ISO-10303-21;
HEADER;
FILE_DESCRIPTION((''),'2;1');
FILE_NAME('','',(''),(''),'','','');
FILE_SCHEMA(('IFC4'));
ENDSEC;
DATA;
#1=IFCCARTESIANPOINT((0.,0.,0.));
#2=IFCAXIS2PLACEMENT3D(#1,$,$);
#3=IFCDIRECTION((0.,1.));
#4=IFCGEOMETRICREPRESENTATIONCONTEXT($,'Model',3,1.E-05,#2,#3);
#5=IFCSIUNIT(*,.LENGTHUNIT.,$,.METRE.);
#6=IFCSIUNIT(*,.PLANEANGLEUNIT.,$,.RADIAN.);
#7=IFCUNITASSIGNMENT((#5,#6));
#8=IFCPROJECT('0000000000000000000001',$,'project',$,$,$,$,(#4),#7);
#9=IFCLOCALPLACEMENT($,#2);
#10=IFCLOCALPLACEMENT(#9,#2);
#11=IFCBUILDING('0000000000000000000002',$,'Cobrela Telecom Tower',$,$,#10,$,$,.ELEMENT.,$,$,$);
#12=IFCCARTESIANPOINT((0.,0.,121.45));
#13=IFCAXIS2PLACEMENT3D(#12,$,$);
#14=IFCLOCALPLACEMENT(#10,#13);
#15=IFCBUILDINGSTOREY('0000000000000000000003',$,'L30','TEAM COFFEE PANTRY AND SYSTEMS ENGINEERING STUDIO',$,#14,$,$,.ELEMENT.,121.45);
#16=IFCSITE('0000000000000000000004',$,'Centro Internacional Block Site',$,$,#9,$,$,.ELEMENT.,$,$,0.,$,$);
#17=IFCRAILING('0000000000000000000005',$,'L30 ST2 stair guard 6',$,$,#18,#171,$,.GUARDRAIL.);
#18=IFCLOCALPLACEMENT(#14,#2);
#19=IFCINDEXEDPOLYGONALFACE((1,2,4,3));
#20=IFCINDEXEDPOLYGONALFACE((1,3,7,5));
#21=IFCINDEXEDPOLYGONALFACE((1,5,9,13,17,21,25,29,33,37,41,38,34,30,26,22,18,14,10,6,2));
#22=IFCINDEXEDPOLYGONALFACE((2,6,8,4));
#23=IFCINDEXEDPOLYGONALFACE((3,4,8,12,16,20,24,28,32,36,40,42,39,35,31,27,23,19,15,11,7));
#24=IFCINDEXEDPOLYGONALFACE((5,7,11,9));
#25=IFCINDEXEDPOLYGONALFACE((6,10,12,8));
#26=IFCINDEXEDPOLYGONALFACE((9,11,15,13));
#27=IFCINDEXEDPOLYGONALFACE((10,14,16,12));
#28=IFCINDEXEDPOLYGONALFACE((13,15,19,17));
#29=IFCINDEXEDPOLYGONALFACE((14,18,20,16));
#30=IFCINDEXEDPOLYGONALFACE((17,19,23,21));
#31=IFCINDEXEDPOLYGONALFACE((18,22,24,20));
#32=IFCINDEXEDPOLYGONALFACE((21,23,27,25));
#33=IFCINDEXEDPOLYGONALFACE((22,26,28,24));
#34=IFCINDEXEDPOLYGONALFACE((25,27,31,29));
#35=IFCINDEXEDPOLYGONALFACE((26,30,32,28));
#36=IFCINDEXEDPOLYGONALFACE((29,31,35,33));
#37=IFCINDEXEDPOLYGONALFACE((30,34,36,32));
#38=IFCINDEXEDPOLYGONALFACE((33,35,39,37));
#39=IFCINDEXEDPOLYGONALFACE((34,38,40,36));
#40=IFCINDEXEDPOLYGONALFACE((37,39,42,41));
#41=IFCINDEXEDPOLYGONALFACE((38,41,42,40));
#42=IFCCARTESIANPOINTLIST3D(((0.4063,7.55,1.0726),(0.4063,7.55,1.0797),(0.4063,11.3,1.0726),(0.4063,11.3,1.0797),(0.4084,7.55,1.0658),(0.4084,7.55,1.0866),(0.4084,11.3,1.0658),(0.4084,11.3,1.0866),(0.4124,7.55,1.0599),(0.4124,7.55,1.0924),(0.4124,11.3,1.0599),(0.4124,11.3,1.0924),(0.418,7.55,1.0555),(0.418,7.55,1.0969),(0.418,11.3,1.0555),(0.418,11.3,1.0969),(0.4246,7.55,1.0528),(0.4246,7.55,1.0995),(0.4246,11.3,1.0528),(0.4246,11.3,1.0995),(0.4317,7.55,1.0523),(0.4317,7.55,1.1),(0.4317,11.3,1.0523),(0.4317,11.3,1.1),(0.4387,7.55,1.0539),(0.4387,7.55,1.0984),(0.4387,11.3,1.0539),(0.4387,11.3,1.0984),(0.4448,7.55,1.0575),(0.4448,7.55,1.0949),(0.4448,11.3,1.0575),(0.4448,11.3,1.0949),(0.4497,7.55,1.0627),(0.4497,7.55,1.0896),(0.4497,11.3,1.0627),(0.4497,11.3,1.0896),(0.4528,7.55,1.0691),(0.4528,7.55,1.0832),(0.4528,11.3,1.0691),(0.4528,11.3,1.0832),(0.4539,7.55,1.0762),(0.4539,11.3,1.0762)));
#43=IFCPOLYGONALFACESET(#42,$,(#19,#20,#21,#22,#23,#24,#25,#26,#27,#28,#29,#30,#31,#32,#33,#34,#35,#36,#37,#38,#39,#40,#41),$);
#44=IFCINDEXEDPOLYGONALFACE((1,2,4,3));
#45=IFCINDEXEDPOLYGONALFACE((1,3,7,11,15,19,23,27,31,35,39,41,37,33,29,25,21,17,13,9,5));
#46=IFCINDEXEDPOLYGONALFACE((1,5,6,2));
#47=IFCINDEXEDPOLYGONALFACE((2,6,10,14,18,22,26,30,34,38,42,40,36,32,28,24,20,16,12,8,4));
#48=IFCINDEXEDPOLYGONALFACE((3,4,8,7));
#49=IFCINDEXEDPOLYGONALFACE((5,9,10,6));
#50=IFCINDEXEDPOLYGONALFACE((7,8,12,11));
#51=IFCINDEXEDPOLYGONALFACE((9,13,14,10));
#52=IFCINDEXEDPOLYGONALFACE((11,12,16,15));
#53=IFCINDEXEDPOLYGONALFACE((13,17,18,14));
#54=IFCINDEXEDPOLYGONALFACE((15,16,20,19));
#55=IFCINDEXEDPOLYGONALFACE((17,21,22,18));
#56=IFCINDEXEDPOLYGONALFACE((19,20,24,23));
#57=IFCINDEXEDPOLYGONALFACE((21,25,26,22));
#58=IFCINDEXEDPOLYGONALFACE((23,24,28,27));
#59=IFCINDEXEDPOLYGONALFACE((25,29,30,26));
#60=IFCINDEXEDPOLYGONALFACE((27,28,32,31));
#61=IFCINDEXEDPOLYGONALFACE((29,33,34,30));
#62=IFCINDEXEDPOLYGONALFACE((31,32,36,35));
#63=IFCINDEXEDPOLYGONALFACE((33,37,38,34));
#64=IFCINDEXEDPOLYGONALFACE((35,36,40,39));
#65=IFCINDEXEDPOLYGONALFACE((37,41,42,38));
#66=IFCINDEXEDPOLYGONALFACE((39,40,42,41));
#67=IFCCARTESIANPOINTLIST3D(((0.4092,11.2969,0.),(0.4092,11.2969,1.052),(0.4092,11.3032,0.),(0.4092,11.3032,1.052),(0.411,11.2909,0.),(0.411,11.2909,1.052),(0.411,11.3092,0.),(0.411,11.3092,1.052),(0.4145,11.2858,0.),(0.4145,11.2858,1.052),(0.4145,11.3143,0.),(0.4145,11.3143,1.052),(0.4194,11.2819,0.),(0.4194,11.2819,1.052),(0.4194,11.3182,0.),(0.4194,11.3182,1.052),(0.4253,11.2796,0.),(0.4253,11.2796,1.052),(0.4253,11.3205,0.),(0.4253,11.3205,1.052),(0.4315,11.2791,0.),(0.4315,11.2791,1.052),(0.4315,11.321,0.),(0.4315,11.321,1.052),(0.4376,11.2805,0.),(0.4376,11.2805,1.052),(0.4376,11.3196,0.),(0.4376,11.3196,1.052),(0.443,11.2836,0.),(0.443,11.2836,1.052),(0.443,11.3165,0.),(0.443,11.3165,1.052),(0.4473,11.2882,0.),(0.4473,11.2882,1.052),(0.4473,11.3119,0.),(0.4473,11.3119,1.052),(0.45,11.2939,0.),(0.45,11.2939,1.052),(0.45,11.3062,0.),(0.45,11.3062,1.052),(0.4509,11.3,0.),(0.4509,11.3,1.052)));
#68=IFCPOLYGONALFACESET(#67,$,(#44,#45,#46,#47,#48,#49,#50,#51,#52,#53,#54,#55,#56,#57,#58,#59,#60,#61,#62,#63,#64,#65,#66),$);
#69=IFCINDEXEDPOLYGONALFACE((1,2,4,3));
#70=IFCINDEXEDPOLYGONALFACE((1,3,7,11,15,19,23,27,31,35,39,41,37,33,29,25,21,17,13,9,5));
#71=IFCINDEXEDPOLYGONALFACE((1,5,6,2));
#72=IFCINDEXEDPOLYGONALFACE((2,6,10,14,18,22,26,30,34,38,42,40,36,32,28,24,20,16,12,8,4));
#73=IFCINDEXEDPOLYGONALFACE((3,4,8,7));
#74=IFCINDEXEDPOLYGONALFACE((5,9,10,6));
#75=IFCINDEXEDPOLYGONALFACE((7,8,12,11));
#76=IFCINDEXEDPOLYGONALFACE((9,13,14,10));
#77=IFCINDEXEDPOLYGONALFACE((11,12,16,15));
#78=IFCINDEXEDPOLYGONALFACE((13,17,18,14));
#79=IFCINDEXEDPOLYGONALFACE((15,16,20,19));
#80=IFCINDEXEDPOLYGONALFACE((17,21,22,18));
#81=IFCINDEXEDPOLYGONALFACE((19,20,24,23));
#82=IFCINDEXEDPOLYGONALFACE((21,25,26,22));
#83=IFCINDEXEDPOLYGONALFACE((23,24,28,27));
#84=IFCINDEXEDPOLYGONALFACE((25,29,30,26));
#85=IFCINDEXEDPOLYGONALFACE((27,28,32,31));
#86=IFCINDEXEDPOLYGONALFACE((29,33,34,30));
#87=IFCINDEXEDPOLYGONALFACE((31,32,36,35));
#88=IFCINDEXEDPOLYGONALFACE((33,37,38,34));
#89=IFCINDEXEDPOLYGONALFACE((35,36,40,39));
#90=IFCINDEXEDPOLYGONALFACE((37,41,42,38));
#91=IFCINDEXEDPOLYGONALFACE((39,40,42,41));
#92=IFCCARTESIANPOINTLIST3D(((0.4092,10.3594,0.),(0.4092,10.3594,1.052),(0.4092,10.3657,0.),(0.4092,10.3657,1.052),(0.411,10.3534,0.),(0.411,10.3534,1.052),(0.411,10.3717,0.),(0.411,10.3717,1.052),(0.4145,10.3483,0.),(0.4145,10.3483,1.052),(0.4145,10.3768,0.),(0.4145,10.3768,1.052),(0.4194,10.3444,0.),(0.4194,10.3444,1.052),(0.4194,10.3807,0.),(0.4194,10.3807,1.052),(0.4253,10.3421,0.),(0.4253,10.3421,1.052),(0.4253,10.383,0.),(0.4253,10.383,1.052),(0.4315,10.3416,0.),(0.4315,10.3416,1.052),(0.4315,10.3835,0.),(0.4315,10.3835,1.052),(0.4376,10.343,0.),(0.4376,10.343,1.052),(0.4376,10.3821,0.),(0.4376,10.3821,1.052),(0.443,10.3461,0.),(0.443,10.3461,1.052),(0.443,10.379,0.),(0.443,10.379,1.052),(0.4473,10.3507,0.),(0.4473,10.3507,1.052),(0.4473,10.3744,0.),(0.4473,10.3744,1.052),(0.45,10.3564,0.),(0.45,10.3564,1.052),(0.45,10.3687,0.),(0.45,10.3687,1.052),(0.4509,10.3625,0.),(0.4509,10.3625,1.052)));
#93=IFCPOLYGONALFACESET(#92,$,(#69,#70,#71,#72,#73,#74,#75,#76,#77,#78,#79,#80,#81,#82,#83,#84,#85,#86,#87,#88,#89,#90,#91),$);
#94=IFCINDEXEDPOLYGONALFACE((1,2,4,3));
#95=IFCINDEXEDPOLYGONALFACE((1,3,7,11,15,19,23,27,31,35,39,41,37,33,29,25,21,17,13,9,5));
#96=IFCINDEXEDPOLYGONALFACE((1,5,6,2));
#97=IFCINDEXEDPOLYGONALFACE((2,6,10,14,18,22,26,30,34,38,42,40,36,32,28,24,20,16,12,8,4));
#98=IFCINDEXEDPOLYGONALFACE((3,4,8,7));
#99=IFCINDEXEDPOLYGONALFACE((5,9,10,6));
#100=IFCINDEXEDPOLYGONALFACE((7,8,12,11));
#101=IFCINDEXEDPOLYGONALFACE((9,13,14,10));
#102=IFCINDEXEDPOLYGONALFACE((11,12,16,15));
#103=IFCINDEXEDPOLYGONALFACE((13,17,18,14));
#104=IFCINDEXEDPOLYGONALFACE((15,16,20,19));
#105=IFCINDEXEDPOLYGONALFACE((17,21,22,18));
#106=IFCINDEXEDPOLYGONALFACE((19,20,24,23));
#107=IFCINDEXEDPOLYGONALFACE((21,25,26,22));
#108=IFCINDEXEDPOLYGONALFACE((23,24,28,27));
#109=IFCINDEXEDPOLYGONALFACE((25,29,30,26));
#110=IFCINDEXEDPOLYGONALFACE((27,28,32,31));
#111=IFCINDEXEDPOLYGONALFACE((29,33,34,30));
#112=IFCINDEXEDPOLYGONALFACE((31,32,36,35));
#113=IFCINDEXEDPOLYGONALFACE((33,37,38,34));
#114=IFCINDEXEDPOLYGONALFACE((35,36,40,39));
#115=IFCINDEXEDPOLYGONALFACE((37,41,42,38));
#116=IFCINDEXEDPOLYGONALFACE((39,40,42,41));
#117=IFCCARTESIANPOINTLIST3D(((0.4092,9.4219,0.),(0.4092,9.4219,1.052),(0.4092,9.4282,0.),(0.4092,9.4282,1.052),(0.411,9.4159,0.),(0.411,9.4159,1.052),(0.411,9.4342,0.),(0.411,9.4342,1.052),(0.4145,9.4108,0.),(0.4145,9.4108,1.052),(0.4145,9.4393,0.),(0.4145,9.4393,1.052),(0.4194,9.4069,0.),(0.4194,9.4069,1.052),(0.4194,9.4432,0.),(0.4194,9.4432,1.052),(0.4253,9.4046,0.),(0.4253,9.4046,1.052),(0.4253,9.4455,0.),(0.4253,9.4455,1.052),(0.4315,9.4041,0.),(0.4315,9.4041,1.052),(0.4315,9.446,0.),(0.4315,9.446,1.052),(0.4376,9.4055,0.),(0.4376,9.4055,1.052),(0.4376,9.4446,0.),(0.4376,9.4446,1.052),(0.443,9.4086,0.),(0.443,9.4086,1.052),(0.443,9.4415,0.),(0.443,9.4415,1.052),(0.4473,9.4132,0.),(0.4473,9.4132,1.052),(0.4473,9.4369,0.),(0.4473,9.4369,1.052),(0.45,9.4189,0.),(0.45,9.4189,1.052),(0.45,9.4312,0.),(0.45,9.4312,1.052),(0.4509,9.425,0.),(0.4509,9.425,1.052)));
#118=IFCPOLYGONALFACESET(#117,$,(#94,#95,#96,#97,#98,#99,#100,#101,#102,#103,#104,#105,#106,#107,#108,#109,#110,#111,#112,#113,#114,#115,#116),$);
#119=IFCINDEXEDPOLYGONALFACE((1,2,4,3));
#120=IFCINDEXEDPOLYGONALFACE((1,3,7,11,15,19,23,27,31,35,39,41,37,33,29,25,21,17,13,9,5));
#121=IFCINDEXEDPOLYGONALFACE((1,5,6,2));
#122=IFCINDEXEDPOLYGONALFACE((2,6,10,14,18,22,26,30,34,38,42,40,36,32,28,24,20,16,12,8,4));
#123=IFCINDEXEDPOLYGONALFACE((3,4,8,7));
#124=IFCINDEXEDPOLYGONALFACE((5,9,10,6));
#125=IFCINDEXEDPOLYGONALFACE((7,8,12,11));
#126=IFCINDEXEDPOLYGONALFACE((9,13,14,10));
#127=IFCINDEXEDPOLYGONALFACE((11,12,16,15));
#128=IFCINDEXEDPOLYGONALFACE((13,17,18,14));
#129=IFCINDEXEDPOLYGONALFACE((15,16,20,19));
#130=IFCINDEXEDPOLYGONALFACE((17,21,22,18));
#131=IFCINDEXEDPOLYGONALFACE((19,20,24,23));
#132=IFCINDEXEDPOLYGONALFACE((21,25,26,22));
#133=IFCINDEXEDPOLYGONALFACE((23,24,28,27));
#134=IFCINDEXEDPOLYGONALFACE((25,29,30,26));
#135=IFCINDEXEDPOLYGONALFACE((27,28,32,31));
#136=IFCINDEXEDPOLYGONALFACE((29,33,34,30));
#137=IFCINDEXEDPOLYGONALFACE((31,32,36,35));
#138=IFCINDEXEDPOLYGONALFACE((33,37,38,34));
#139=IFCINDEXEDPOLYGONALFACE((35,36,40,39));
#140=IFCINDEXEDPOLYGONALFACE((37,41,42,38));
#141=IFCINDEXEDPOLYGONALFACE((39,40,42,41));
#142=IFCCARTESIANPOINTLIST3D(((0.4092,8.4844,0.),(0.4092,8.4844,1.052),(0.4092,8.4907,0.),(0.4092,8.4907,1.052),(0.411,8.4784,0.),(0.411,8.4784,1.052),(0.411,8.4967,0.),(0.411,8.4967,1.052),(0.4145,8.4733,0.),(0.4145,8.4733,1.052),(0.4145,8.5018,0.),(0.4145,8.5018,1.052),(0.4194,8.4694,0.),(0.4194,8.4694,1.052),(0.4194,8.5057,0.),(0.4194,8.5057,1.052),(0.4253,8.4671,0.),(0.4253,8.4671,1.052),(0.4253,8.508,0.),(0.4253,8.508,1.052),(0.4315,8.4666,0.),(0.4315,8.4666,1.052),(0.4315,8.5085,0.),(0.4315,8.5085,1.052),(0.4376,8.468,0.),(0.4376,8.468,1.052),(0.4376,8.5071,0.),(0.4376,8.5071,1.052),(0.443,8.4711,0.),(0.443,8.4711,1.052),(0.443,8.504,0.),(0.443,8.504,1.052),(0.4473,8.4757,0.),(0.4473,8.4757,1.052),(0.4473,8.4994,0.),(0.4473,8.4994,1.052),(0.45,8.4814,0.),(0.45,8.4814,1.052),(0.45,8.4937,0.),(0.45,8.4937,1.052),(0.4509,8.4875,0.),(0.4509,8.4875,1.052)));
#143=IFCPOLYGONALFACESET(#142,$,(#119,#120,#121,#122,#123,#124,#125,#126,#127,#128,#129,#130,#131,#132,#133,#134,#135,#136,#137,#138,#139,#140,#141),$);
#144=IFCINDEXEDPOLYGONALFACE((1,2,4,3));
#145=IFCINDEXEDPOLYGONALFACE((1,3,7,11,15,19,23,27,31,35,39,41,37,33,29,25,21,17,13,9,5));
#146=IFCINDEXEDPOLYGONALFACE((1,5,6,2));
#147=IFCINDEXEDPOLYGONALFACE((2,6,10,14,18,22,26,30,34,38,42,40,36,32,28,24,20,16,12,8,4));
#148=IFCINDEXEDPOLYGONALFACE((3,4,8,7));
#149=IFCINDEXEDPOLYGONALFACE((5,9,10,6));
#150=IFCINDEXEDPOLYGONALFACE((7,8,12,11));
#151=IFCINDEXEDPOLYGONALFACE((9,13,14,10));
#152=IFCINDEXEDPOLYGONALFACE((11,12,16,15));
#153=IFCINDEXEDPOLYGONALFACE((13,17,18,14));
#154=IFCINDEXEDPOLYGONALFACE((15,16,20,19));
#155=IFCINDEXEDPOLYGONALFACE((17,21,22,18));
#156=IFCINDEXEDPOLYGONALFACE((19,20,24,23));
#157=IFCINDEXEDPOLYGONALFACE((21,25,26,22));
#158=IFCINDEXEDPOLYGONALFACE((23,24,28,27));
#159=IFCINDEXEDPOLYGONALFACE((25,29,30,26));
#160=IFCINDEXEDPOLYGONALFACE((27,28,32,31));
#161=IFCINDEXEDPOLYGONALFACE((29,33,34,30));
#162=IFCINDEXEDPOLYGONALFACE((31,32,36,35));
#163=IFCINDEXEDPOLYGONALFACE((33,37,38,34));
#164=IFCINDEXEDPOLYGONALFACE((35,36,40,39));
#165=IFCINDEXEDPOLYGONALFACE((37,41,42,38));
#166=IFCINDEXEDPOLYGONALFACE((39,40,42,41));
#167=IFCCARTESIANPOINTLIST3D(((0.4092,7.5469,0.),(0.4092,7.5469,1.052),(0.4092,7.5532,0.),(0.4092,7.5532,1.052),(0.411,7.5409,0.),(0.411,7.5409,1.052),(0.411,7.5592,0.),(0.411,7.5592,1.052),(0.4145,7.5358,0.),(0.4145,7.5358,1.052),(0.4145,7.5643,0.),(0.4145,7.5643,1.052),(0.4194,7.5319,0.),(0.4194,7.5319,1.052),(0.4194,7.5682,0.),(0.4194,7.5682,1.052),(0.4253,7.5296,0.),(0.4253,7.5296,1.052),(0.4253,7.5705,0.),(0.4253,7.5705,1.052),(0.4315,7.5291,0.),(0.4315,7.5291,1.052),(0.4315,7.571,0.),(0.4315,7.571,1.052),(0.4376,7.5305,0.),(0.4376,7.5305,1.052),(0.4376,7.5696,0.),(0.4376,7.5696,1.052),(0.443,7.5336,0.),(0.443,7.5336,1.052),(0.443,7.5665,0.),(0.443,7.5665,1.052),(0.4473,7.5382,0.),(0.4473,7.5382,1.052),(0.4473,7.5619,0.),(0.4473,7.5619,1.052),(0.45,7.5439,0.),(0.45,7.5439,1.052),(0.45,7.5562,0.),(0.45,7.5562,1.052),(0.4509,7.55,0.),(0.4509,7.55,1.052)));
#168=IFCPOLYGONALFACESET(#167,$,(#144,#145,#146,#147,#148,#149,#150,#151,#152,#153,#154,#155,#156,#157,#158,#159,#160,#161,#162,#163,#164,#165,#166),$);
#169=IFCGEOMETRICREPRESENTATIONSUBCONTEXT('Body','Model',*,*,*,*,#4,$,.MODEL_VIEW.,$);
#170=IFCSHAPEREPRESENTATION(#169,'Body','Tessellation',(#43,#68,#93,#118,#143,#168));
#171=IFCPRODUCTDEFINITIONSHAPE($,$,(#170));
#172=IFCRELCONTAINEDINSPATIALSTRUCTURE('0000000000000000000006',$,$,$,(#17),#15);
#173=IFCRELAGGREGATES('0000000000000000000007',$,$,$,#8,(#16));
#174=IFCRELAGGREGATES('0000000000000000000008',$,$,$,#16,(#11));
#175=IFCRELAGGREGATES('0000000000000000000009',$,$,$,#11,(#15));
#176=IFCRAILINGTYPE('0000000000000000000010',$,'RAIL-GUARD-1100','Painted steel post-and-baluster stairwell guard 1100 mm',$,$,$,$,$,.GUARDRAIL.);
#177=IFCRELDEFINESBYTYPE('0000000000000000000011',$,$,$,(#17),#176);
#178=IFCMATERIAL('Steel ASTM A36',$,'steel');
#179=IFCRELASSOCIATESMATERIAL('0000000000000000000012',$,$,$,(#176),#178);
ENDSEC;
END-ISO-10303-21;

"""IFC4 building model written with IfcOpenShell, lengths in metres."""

from ifc_helpers import new_model, si_unit, direction, frame, origin, origin_2d, place, context, subcontext, project, spatial, circle, extrude, material, type_object, element, save


model = new_model("IFC4")

# Units and contexts
model_context = context("Model", 3, precision=1e-05, world=origin(), true_north=direction((0.0, 1.0)))
body_context = subcontext(model_context, "Body", "Model", "MODEL_VIEW")
ifc_project = project(units=[si_unit("LENGTHUNIT", "METRE"), si_unit("PLANEANGLEUNIT", "RADIAN")], contexts=[model_context])

# Site, building, storey
site_placement = place(None, origin())
site = spatial("IfcSite", under=ifc_project, at=site_placement, Name="Centro Internacional Block Site", CompositionType="ELEMENT", RefElevation=0.0)
building_placement = place(site_placement, origin())
building = spatial("IfcBuilding", under=site, at=building_placement, Name="Cobrela Telecom Tower", CompositionType="ELEMENT")
storey_placement = place(building_placement, frame((0.0, 0.0, 121.45)))
storey = spatial("IfcBuildingStorey", under=building, at=storey_placement, Name="L30", Description="TEAM COFFEE PANTRY AND SYSTEMS ENGINEERING STUDIO", CompositionType="ELEMENT", Elevation=121.45)

# Shared definitions
ifc_material_1 = material(Name="Steel ASTM A36", Category="steel")

# Railing
railing_type_1 = type_object("IfcRailingType", Name="RAIL-GUARD-1100", Description="Painted steel post-and-baluster stairwell guard 1100 mm", PredefinedType="GUARDRAIL", material=ifc_material_1)
railing_1_placement = place(storey_placement, frame((0.4299, 11.3, 0.0)))
element("IfcRailing", 1, at=railing_1_placement, inside=storey, type_object=railing_type_1, Name="L30 ST2 stair guard 6", PredefinedType="GUARDRAIL", context=body_context, shape_type="SweptSolid", body=[
    extrude(circle(Radius=0.0239, at=origin_2d()), frame((0.0, 0.0, 1.0762), z_axis=(0.0, -1.0, 0.0), x_axis=(1.0, 0.0, 0.0)), (0.0, 0.0, 1.0), 3.75),
    extrude(circle(Radius=0.021, at=origin_2d()), origin(), (0.0, 0.0, 1.0), 1.052),
    extrude(circle(Radius=0.021, at=origin_2d()), frame((0.0, -0.9375, 0.0)), (0.0, 0.0, 1.0), 1.052),
    extrude(circle(Radius=0.021, at=origin_2d()), frame((0.0, -1.875, 0.0)), (0.0, 0.0, 1.0), 1.052),
    extrude(circle(Radius=0.021, at=origin_2d()), frame((0.0, -2.8125, 0.0)), (0.0, 0.0, 1.0), 1.052),
    extrude(circle(Radius=0.021, at=origin_2d()), frame((0.0, -3.75, 0.0)), (0.0, 0.0, 1.0), 1.052),
])

save(model, "model.ifc")
